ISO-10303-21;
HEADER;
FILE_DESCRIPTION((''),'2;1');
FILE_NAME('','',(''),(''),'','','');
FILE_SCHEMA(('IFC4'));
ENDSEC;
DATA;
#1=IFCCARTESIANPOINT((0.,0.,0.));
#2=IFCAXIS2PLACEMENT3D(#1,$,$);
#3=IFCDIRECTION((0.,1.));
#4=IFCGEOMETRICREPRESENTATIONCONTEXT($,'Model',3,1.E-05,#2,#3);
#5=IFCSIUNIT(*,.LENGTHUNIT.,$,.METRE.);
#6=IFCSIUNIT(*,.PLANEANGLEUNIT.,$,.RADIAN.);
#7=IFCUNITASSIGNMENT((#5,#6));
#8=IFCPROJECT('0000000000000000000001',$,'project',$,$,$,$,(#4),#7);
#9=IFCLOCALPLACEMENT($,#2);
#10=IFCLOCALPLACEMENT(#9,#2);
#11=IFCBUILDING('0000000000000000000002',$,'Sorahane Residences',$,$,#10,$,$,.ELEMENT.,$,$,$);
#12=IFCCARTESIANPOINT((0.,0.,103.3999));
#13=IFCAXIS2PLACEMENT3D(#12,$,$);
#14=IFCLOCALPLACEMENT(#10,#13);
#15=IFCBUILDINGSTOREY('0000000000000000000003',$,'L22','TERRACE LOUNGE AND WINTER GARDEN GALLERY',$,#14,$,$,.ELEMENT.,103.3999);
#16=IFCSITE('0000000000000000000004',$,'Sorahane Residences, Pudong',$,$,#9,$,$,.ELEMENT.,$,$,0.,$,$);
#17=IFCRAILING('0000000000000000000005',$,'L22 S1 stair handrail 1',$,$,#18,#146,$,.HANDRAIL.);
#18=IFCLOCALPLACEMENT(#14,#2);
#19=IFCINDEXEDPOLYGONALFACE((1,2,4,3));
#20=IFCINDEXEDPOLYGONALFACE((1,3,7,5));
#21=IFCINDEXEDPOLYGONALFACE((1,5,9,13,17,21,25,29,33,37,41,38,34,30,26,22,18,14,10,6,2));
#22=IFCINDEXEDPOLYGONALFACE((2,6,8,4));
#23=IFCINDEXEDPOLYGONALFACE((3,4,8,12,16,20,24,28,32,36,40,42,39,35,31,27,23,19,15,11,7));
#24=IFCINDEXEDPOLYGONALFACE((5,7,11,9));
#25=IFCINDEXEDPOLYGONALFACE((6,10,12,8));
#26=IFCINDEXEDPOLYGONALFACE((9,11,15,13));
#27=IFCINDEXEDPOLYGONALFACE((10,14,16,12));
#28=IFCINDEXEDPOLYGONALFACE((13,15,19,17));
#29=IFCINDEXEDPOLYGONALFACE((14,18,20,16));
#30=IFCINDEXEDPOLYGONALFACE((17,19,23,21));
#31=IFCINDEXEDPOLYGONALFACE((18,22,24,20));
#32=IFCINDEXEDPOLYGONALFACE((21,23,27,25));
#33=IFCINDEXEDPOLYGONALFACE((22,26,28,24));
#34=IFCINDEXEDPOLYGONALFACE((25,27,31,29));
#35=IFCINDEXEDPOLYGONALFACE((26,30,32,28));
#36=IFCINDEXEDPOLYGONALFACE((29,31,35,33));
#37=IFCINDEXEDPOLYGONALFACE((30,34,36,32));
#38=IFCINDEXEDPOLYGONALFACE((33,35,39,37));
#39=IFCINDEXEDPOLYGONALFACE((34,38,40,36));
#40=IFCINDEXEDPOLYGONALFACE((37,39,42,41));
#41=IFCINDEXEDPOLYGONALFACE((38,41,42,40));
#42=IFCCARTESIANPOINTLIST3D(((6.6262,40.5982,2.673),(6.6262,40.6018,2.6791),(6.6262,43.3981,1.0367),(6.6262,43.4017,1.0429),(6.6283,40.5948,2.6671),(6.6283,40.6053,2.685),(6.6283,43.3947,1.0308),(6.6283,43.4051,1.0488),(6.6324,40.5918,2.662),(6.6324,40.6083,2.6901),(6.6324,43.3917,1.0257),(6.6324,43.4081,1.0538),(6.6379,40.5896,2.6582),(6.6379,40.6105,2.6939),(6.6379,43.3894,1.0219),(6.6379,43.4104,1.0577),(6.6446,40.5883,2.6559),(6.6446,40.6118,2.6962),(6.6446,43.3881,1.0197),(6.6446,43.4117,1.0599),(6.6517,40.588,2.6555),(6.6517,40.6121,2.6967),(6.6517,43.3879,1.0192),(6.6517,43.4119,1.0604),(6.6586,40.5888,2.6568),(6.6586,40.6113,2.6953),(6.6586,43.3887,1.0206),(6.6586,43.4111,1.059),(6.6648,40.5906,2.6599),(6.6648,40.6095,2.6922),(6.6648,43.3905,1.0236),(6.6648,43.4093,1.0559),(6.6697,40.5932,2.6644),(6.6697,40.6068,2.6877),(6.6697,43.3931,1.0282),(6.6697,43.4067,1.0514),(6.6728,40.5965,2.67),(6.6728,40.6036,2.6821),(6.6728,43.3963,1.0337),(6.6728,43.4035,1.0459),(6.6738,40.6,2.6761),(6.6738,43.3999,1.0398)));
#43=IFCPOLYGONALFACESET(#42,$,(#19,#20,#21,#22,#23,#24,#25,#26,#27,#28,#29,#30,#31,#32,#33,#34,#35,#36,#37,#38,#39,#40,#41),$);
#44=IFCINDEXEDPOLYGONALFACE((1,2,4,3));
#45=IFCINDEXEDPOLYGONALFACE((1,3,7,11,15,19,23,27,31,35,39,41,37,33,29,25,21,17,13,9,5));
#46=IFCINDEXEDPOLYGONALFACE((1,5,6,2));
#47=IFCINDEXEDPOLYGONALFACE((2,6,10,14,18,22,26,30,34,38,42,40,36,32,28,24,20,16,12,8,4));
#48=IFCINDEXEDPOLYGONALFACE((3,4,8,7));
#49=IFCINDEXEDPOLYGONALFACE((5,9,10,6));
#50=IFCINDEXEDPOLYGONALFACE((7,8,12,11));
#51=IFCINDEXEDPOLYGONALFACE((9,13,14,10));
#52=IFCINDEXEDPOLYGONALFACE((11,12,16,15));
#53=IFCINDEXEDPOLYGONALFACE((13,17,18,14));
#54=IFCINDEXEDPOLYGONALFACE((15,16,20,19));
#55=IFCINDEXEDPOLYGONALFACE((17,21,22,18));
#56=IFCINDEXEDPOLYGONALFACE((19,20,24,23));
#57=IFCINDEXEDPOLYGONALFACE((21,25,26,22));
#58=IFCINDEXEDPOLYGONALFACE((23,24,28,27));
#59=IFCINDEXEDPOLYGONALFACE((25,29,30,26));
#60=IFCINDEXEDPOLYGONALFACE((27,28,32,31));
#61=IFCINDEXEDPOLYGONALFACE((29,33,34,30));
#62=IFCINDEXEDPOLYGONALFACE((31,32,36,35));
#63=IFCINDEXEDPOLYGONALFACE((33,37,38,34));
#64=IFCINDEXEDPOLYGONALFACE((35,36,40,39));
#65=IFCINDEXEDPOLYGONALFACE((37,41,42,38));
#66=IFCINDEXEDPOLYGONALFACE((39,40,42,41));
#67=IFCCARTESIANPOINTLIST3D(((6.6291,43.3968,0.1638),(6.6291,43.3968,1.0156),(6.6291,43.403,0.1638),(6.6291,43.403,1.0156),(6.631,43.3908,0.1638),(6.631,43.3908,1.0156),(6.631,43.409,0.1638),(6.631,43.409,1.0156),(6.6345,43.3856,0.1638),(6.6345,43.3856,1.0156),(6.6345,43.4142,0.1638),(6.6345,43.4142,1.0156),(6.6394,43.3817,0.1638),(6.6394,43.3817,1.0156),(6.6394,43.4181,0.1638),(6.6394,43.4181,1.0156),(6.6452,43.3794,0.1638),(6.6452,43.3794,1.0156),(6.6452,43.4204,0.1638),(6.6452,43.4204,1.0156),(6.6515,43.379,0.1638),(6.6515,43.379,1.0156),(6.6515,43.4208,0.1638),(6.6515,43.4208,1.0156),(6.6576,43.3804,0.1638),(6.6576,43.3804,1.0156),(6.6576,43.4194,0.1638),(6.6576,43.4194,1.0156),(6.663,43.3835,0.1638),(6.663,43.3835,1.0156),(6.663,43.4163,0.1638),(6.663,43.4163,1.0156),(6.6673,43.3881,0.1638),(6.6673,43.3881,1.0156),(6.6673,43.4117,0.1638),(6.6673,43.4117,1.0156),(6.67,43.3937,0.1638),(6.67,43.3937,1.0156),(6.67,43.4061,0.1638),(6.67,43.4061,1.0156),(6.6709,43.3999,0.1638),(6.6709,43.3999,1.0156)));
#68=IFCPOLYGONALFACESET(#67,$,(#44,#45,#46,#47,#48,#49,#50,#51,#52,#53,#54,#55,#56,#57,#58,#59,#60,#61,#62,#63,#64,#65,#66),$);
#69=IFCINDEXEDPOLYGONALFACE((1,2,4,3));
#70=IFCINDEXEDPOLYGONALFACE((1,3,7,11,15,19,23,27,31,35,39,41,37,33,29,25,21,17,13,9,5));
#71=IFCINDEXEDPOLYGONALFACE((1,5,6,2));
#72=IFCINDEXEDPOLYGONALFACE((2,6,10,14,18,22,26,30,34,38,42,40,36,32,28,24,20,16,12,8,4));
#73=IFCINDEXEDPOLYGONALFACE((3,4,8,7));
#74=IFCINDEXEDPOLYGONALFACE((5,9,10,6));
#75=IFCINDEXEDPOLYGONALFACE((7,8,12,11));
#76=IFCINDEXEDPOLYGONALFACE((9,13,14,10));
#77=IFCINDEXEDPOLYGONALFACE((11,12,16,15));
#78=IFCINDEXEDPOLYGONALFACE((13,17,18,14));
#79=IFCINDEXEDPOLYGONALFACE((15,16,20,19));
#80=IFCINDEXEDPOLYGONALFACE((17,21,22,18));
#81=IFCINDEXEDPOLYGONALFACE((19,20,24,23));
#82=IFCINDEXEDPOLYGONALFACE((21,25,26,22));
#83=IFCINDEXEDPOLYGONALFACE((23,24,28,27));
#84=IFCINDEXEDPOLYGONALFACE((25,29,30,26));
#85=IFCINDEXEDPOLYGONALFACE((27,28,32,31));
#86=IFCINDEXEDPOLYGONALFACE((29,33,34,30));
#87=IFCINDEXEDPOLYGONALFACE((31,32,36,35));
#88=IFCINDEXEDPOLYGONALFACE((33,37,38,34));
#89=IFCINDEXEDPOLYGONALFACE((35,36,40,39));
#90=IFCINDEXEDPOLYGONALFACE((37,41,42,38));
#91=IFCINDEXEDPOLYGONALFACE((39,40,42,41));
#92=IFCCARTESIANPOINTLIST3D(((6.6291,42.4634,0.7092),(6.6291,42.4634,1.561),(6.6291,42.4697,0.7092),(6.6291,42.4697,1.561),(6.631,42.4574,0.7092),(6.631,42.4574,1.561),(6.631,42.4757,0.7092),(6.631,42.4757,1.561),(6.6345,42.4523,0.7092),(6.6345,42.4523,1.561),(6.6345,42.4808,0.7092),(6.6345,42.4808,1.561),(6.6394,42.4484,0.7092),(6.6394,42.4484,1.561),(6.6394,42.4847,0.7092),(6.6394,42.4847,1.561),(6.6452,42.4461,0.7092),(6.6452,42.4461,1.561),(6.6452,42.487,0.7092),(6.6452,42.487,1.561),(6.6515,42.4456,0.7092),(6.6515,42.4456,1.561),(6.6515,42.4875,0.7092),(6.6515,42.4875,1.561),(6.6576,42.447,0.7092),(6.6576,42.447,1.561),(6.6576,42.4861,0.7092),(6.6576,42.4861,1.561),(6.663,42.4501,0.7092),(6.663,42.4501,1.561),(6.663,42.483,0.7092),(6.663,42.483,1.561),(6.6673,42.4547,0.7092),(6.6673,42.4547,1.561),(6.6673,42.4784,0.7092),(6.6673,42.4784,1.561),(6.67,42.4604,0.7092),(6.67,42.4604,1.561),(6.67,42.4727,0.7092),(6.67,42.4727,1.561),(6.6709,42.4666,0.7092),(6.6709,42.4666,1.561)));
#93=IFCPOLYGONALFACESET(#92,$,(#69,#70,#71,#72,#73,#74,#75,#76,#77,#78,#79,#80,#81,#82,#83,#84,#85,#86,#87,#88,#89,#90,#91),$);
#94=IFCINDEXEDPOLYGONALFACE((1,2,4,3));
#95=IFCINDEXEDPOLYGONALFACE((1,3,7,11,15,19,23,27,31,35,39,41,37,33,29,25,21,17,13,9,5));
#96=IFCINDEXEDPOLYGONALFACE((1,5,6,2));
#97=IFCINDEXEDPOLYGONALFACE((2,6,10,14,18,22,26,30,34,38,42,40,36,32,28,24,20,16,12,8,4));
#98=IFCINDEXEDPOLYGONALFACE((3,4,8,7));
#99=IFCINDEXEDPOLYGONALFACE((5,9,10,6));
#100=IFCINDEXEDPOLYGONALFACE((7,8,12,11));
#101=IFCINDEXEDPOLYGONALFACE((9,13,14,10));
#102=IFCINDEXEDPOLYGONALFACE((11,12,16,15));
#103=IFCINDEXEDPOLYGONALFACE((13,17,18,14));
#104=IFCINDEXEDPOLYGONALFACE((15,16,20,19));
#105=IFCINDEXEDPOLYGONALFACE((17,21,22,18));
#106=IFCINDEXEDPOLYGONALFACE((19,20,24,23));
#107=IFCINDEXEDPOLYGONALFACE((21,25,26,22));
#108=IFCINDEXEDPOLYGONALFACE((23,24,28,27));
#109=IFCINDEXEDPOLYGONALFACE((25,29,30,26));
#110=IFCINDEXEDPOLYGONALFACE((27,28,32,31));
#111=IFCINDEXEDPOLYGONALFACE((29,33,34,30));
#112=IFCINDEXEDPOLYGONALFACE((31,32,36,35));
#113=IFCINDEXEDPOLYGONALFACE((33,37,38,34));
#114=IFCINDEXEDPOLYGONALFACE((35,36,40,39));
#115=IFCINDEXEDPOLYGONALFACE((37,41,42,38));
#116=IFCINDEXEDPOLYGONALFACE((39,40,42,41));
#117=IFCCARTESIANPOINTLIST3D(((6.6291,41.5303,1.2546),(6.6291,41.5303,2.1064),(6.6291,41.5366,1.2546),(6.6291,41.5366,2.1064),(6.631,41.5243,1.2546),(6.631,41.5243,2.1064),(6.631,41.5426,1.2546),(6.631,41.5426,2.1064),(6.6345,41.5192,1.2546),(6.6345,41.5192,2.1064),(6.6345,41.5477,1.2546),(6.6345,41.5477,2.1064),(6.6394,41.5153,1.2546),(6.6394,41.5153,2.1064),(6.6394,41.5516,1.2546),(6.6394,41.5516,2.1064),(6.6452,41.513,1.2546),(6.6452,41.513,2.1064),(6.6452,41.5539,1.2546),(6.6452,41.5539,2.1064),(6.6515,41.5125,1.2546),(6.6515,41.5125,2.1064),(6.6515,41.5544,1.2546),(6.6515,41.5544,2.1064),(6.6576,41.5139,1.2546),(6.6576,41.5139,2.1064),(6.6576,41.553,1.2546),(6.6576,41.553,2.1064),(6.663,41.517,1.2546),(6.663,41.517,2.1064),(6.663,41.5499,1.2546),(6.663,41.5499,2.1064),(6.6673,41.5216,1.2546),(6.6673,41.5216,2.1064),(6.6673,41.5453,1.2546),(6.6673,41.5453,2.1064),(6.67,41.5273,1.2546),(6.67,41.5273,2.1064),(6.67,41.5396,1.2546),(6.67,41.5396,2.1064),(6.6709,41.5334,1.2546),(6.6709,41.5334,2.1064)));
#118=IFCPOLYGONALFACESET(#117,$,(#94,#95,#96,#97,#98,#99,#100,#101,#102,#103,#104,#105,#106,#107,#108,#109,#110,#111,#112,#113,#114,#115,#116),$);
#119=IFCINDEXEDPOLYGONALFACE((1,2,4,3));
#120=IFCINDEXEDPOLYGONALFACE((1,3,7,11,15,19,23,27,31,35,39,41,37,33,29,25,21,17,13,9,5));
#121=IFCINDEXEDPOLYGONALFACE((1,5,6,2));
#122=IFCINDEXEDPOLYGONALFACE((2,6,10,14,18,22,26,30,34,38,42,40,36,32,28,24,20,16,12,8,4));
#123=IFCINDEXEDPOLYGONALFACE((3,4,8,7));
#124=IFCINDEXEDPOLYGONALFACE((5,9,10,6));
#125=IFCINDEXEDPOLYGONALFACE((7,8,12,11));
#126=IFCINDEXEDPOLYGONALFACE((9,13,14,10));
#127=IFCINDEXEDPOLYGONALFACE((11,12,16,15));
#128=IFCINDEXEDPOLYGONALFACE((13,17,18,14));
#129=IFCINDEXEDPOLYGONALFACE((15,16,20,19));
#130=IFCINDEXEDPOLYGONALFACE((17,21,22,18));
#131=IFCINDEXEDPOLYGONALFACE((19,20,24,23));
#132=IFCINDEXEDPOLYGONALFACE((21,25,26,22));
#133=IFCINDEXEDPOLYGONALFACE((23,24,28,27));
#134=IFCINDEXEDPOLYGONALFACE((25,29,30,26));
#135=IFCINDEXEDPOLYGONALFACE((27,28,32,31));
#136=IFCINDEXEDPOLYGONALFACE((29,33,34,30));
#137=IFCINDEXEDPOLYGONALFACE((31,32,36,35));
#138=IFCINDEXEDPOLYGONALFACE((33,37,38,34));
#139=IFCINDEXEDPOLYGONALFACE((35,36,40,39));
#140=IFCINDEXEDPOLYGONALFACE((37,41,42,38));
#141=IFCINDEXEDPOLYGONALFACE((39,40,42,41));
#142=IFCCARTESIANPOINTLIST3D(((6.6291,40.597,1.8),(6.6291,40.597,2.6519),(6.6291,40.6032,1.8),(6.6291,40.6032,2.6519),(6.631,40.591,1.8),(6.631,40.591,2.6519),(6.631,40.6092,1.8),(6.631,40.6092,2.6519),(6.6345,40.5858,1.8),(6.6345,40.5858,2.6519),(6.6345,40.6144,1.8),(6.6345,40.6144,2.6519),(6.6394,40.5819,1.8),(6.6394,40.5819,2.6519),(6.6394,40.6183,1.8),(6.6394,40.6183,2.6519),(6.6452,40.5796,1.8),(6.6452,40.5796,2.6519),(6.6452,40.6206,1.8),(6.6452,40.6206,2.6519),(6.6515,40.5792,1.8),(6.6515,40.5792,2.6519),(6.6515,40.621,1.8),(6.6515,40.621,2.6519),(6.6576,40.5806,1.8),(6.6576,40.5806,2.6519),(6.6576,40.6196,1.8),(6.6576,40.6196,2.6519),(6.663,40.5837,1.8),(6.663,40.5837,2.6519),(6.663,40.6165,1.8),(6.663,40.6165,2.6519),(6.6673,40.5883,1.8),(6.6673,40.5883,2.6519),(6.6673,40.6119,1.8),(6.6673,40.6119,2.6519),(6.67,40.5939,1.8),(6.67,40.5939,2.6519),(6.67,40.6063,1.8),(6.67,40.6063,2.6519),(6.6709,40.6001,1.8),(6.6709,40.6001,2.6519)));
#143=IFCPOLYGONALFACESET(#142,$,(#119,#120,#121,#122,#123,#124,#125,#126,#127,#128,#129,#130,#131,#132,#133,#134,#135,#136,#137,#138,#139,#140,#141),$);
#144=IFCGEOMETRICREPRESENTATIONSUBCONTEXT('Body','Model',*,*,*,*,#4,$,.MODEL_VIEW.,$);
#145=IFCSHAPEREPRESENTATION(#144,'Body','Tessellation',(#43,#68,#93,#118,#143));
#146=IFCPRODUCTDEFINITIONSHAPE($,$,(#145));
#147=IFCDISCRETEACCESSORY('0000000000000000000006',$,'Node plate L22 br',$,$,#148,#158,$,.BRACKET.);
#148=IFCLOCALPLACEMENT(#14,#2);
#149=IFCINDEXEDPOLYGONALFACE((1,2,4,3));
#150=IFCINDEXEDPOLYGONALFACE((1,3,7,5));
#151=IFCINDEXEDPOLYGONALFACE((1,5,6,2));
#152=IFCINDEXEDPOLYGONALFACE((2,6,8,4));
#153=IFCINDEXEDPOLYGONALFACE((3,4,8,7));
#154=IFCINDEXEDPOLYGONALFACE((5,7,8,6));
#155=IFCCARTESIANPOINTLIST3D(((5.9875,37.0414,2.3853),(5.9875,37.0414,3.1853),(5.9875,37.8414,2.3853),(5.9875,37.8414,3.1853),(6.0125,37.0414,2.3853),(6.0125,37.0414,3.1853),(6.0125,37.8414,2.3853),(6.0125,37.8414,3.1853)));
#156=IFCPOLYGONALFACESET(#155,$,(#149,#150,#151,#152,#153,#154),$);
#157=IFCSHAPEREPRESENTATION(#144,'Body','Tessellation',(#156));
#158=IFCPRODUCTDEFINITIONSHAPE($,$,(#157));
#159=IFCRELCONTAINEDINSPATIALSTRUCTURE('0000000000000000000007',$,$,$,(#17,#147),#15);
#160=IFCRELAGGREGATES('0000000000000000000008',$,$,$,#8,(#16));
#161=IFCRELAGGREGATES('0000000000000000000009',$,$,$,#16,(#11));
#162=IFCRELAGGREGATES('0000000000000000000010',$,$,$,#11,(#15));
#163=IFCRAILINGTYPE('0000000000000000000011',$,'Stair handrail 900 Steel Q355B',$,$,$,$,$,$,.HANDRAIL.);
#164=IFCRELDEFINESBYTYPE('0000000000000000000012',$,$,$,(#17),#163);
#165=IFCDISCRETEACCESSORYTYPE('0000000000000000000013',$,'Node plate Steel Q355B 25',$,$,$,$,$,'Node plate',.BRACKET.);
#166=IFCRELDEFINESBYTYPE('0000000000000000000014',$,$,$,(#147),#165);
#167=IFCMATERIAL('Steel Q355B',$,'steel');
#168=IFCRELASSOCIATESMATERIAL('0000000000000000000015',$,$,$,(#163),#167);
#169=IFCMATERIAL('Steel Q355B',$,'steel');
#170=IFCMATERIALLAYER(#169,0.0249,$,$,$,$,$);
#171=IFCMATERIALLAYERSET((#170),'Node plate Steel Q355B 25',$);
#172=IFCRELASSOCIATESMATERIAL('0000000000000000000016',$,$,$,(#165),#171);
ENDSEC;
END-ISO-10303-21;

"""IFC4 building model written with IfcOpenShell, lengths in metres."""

from ifc_helpers import new_model, si_unit, direction, frame, origin, origin_2d, place, context, subcontext, project, spatial, rectangle, circle, extrude, material, layer, layer_set, type_object, element, save


model = new_model("IFC4")

# Units and contexts
model_context = context("Model", 3, precision=1e-05, world=origin(), true_north=direction((0.0, 1.0)))
body_context = subcontext(model_context, "Body", "Model", "MODEL_VIEW")
ifc_project = project(units=[si_unit("LENGTHUNIT", "METRE"), si_unit("PLANEANGLEUNIT", "RADIAN")], contexts=[model_context])

# Site, building, storey
site_placement = place(None, origin())
site = spatial("IfcSite", under=ifc_project, at=site_placement, Name="Sorahane Residences, Pudong", CompositionType="ELEMENT", RefElevation=0.0)
building_placement = place(site_placement, origin())
building = spatial("IfcBuilding", under=site, at=building_placement, Name="Sorahane Residences", CompositionType="ELEMENT")
storey_placement = place(building_placement, frame((0.0, 0.0, 103.3999)))
storey = spatial("IfcBuildingStorey", under=building, at=storey_placement, Name="L22", Description="TERRACE LOUNGE AND WINTER GARDEN GALLERY", CompositionType="ELEMENT", Elevation=103.3999)

# Railing
ifc_material_1 = material(Name="Steel Q355B", Category="steel")
railing_type = type_object("IfcRailingType", Name="Stair handrail 900 Steel Q355B", PredefinedType="HANDRAIL", material=ifc_material_1)
railing_placement = place(storey_placement, frame((6.6499, 43.3999, 0.1638)))
element("IfcRailing", 1, at=railing_placement, inside=storey, type_object=railing_type, Name="L22 S1 stair handrail 1", PredefinedType="HANDRAIL", context=body_context, shape_type="SweptSolid", body=[
    extrude(circle(Radius=0.0239, at=origin_2d()), frame((0.0, 0.0, 0.876), z_axis=(0.0, -0.863374, 0.504564), x_axis=(1.0, 0.0, 0.0)), (0.0, 0.0, 1.0), 3.2429),
    extrude(circle(Radius=0.021, at=origin_2d()), origin(), (0.0, 0.0, 1.0), 0.8518),
    extrude(circle(Radius=0.021, at=origin_2d()), frame((0.0, -0.9333, 0.5454)), (0.0, 0.0, 1.0), 0.8518),
    extrude(circle(Radius=0.021, at=origin_2d()), frame((0.0, -1.8665, 1.0908)), (0.0, 0.0, 1.0), 0.8518),
    extrude(circle(Radius=0.021, at=origin_2d()), frame((0.0, -2.7998, 1.6362)), (0.0, 0.0, 1.0), 0.8518),
])

# Discrete accessory
ifc_material_2 = material(Name="Steel Q355B", Category="steel")
ifc_layer_1 = layer(ifc_material_2, 0.0249)
ifc_layer_set_1 = layer_set([ifc_layer_1], Name="Node plate Steel Q355B 25")
discrete_accessory_type = type_object("IfcDiscreteAccessoryType", Name="Node plate Steel Q355B 25", ElementType="Node plate", PredefinedType="BRACKET", material=ifc_layer_set_1)
discrete_accessory_placement = place(storey_placement, frame((6.0, 37.4414, 2.3853), z_axis=(0.0, 0.0, 1.0), x_axis=(0.0, 1.0, 0.0)))
element("IfcDiscreteAccessory", 2, at=discrete_accessory_placement, inside=storey, type_object=discrete_accessory_type, Name="Node plate L22 br", PredefinedType="BRACKET", context=body_context, shape_type="SweptSolid", body=[
    extrude(rectangle(XDim=0.8, YDim=0.0249, at=origin_2d()), origin(), (0.0, 0.0, 1.0), 0.8),
])

save(model, "model.ifc")
